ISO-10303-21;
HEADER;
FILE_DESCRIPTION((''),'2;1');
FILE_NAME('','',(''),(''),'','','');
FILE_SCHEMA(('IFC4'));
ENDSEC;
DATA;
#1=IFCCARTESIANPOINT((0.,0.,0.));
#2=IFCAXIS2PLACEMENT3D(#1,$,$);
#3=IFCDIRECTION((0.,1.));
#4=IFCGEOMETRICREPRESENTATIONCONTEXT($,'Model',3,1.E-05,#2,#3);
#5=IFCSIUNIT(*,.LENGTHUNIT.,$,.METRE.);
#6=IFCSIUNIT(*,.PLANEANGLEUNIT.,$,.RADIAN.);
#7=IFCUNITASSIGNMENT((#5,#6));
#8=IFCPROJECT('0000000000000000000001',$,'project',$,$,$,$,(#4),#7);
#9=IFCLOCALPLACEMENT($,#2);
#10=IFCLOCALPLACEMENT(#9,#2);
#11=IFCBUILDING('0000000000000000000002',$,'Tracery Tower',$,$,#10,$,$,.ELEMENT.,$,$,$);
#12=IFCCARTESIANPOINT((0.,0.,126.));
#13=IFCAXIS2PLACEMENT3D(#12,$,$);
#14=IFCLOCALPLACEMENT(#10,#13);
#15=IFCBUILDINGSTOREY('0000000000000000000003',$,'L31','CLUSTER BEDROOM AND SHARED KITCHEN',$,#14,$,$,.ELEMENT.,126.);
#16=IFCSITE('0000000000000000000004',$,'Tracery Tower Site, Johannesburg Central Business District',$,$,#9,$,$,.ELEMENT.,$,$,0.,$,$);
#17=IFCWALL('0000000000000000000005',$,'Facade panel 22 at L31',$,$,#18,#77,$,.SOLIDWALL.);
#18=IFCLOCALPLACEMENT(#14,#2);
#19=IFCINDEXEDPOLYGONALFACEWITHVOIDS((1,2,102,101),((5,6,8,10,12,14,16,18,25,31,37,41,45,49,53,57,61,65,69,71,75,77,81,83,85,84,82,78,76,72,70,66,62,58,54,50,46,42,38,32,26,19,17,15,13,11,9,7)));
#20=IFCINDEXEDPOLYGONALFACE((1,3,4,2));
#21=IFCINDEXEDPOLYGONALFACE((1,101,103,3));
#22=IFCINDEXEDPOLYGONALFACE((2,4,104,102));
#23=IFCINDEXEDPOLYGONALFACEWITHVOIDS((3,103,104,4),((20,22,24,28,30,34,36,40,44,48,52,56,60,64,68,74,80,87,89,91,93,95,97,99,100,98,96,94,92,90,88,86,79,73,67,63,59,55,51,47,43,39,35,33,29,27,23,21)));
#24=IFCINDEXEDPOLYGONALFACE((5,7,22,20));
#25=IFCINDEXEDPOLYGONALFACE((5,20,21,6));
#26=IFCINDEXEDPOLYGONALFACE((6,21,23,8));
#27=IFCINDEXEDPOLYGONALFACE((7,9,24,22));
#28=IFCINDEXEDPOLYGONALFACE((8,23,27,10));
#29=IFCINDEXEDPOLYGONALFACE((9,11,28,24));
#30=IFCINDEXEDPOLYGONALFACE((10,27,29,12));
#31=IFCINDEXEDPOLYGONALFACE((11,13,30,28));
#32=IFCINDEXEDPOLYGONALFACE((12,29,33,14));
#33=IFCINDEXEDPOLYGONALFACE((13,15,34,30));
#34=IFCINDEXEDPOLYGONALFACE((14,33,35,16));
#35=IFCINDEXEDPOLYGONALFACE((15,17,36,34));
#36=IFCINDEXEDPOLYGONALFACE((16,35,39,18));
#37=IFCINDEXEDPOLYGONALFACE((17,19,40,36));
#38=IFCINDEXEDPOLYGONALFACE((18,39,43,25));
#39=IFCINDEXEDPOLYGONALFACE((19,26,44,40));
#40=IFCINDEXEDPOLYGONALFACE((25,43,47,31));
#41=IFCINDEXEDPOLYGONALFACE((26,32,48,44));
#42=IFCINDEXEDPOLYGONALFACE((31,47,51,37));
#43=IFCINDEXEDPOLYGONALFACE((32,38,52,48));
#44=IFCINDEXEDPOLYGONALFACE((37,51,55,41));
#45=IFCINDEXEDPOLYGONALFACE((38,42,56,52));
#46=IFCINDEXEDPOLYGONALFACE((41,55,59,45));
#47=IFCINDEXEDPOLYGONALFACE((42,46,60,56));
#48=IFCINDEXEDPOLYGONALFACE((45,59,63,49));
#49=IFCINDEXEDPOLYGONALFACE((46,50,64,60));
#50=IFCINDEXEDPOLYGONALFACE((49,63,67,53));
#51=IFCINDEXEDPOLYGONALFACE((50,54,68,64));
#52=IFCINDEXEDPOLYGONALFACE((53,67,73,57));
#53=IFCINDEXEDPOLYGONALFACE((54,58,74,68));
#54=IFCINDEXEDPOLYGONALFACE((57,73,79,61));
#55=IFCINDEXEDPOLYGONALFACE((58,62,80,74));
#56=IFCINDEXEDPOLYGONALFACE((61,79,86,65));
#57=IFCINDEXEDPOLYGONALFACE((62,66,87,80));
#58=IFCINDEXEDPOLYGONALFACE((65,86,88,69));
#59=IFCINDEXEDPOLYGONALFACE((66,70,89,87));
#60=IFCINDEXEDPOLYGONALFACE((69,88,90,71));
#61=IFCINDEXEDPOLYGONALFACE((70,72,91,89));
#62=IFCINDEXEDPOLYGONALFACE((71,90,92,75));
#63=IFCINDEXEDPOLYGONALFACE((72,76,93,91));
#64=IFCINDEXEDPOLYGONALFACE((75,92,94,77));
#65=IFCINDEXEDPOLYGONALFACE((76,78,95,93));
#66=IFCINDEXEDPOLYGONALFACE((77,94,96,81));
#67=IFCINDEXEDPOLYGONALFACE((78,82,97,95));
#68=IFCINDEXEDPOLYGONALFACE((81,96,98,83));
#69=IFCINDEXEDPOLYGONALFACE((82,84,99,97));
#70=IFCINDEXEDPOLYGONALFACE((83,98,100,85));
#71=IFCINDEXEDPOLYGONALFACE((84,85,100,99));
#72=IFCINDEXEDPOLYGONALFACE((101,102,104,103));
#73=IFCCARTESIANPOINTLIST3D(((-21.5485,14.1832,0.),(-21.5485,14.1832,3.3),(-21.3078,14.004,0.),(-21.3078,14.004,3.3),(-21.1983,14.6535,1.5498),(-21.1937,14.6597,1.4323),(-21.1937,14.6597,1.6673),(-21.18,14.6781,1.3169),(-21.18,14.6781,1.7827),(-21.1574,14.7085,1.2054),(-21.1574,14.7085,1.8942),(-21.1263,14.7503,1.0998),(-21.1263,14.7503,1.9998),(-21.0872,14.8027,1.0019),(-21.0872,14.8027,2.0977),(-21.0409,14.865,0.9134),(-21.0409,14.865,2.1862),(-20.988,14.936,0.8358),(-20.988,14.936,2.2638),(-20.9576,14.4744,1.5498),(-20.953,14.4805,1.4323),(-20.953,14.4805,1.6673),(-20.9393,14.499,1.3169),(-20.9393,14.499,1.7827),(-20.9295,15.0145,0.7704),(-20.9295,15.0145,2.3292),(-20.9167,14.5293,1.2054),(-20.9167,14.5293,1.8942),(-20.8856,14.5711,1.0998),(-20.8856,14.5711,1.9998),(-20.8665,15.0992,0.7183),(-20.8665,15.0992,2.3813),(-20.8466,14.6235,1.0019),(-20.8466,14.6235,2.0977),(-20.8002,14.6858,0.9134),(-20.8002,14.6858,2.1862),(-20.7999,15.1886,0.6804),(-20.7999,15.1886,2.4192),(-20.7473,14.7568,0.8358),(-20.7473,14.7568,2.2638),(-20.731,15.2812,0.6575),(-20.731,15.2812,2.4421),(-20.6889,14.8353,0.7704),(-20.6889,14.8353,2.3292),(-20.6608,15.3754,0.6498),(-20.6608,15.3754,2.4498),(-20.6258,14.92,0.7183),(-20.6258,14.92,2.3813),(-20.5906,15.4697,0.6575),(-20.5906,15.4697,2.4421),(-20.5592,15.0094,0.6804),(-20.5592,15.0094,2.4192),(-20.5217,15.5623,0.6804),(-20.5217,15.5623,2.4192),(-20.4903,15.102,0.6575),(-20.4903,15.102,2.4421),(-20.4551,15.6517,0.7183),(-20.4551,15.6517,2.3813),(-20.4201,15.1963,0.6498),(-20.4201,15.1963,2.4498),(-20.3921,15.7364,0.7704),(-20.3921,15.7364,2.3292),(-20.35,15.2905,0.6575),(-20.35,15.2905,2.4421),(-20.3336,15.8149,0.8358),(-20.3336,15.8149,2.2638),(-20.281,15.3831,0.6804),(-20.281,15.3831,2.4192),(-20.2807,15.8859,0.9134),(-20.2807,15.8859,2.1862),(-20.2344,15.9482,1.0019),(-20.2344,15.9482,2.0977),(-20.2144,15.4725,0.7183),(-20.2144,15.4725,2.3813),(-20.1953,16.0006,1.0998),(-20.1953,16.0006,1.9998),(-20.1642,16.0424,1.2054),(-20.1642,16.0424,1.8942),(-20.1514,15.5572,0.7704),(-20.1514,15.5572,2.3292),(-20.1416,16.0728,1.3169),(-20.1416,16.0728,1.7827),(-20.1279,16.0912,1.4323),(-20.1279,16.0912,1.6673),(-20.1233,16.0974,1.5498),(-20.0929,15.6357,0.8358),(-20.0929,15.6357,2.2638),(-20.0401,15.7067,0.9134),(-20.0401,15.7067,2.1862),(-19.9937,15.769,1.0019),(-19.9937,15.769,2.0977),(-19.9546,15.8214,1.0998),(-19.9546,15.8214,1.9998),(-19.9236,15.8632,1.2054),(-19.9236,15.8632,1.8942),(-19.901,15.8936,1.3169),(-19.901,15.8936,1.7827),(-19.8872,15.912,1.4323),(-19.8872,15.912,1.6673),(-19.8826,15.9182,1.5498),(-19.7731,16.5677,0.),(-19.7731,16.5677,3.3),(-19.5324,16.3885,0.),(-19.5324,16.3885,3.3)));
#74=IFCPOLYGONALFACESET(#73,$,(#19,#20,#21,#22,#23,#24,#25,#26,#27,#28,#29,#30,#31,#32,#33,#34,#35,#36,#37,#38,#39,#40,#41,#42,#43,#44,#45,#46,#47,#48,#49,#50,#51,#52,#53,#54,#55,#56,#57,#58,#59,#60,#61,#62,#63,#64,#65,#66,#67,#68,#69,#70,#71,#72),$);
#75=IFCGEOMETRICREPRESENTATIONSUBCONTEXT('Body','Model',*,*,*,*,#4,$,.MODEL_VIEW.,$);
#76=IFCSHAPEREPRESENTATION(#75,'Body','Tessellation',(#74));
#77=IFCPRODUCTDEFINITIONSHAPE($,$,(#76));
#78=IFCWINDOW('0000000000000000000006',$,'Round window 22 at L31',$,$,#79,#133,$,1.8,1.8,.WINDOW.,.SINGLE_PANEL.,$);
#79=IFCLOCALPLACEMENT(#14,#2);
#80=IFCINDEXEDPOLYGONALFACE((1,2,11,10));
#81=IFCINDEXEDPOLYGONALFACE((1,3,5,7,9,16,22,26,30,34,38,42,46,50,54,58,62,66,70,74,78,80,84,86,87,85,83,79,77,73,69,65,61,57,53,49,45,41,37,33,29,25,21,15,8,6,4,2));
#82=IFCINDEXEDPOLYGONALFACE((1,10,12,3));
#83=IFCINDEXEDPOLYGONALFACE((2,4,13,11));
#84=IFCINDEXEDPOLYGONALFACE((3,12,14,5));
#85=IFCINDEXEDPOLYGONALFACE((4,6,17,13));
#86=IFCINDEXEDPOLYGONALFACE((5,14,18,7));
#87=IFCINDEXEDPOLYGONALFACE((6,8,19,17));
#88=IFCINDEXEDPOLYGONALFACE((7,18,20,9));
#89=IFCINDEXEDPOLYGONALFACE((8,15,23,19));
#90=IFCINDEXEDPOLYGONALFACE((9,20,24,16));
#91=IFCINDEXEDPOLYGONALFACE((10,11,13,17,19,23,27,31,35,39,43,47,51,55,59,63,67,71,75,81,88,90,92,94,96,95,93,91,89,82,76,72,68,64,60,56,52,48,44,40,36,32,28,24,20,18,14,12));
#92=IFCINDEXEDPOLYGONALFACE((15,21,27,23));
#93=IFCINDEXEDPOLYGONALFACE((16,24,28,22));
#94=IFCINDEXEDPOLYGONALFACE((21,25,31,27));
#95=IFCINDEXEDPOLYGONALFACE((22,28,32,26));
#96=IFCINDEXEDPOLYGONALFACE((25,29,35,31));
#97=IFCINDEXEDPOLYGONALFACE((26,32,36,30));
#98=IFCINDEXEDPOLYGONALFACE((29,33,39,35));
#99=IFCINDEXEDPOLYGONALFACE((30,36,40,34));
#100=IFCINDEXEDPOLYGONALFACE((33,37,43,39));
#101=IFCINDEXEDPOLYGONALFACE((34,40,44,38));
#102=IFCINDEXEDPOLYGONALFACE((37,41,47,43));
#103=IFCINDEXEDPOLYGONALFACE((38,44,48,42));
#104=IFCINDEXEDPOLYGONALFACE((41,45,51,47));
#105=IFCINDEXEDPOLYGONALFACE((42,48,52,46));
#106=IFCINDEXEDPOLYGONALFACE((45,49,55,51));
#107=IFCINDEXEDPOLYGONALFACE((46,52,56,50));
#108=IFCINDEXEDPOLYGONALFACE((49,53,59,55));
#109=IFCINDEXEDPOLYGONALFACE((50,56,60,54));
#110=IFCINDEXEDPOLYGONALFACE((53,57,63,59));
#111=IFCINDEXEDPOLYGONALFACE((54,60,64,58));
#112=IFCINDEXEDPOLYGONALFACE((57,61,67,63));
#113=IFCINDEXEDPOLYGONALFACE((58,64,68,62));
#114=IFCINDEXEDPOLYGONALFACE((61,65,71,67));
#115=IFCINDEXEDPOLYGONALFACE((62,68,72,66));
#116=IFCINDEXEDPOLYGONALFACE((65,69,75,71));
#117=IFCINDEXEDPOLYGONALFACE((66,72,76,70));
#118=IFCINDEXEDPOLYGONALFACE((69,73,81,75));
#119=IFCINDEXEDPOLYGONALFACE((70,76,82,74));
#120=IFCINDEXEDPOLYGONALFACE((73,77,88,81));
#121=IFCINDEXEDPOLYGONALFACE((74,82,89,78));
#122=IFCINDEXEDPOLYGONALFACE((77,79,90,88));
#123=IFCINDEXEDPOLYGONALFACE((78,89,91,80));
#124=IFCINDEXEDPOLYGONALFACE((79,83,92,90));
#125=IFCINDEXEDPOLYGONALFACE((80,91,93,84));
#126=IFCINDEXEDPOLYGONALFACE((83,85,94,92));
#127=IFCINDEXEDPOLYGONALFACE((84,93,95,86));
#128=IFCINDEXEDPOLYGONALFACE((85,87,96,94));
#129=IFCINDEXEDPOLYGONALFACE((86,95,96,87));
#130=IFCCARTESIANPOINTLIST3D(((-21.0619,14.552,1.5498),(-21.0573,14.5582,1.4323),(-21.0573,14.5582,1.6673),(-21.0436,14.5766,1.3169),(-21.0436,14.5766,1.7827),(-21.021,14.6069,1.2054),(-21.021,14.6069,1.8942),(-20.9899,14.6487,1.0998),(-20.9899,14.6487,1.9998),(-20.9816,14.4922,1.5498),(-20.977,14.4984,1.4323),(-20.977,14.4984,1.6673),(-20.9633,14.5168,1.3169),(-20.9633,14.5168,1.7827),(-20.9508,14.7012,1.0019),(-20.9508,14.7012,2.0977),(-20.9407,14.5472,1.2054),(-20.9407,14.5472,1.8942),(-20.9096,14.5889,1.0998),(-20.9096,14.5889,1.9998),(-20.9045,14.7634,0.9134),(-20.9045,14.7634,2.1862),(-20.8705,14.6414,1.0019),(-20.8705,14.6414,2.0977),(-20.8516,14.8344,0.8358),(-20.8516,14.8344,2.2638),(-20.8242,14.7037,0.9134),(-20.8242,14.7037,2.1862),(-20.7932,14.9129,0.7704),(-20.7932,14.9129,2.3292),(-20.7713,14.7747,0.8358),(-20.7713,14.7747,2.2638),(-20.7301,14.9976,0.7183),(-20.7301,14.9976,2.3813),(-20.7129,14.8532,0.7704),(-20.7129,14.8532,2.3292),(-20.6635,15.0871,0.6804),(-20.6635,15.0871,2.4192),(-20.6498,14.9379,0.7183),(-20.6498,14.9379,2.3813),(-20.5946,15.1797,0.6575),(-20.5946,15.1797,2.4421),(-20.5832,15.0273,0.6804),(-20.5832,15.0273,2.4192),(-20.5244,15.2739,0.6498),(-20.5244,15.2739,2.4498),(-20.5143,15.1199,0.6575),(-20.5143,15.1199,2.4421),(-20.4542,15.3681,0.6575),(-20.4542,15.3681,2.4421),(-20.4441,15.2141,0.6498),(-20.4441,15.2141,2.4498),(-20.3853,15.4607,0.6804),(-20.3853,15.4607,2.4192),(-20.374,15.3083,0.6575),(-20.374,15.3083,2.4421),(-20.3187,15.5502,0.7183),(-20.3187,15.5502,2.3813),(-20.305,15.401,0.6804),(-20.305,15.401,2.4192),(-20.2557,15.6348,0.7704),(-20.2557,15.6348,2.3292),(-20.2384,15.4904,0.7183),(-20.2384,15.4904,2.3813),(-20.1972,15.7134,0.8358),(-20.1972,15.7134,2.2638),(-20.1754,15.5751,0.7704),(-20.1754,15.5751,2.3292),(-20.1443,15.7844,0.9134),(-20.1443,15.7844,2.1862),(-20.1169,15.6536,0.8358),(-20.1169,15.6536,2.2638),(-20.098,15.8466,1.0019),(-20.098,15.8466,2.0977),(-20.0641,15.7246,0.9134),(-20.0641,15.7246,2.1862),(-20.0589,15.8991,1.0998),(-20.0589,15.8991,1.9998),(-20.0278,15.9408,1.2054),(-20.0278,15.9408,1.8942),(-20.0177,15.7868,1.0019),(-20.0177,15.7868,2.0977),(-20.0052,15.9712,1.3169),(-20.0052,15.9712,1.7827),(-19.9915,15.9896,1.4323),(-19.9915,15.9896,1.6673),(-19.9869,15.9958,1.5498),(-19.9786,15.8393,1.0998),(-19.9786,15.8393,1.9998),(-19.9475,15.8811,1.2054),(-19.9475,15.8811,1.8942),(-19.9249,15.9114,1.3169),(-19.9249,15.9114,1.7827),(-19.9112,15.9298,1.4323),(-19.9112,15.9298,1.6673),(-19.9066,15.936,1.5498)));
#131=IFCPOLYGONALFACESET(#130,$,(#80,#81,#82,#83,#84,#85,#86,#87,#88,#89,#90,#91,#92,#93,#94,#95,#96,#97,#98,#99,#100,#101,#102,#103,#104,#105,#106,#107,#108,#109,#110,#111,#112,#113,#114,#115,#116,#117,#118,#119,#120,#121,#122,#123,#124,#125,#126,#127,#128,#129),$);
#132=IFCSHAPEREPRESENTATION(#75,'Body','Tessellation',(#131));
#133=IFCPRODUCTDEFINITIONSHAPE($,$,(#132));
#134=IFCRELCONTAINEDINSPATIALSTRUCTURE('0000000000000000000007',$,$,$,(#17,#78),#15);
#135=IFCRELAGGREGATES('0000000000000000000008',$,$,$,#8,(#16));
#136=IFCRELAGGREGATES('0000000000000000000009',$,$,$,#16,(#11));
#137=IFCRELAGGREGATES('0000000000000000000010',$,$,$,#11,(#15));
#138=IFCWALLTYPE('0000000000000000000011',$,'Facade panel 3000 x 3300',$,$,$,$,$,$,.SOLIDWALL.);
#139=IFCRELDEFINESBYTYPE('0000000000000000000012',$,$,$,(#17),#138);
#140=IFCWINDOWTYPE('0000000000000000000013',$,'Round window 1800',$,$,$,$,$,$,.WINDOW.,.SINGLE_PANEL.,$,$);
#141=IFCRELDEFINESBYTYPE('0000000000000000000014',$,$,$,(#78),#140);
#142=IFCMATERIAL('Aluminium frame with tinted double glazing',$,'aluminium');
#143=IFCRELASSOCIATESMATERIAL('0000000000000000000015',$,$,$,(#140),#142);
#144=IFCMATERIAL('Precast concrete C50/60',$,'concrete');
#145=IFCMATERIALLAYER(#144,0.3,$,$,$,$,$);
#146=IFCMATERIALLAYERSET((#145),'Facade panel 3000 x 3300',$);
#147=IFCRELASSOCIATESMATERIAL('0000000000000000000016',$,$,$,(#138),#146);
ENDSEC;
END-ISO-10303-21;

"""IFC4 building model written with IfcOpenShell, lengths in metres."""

from ifc_helpers import new_model, si_unit, direction, frame, frame_2d, origin, origin_2d, place, context, subcontext, project, spatial, rectangle, circle, extrude, material, layer, layer_set, type_object, element, fill, save


model = new_model("IFC4")

# Units and contexts
model_context = context("Model", 3, precision=1e-05, world=origin(), true_north=direction((0.0, 1.0)))
body_context = subcontext(model_context, "Body", "Model", "MODEL_VIEW")
ifc_project = project(units=[si_unit("LENGTHUNIT", "METRE"), si_unit("PLANEANGLEUNIT", "RADIAN")], contexts=[model_context])

# Site, building, storey
site_placement = place(None, origin())
site = spatial("IfcSite", under=ifc_project, at=site_placement, Name="Tracery Tower Site, Johannesburg Central Business District", CompositionType="ELEMENT", RefElevation=0.0)
building_placement = place(site_placement, origin())
building = spatial("IfcBuilding", under=site, at=building_placement, Name="Tracery Tower", CompositionType="ELEMENT")
storey_placement = place(building_placement, frame((0.0, 0.0, 126.0)))
storey = spatial("IfcBuildingStorey", under=building, at=storey_placement, Name="L31", Description="CLUSTER BEDROOM AND SHARED KITCHEN", CompositionType="ELEMENT", Elevation=126.0)

# Wall, opening, window
ifc_material_1 = material(Name="Aluminium frame with tinted double glazing", Category="aluminium")
window_type = type_object("IfcWindowType", Name="Round window 1800", PartitioningType="SINGLE_PANEL", PredefinedType="WINDOW", material=ifc_material_1)
ifc_material_2 = material(Name="Precast concrete C50/60", Category="concrete")
ifc_layer_1 = layer(ifc_material_2, 0.3)
ifc_layer_set_1 = layer_set([ifc_layer_1], Name="Facade panel 3000 x 3300")
wall_type_1 = type_object("IfcWallType", Name="Facade panel 3000 x 3300", PredefinedType="SOLIDWALL", material=ifc_layer_set_1)
wall_1_placement = place(storey_placement, frame((-19.6528, 16.478, 0.0), z_axis=(0.0, 0.0, 1.0), x_axis=(-0.597198, -0.802094, 0.0)))
wall_1 = element("IfcWall", 1, at=wall_1_placement, inside=storey, type_object=wall_type_1, Name="Facade panel 22 at L31", PredefinedType="SOLIDWALL", context=body_context, shape_type="SweptSolid", body=[
    extrude(rectangle(XDim=2.9729, YDim=0.3, at=frame_2d((1.4863, 0.0))), origin(), (0.0, 0.0, 1.0), 3.3),
])
opening_1_placement = place(wall_1_placement, frame((1.4863, 0.0, 1.5498)))
opening_1 = element("IfcOpeningElement", 2, at=opening_1_placement, cuts=wall_1, PredefinedType="OPENING", context=body_context, shape_type="SweptSolid", body=[
    extrude(circle(Radius=0.9, at=origin_2d()), frame((0.0, 0.1599, 0.0), z_axis=(0.0, -1.0, 0.0), x_axis=(1.0, 0.0, 0.0)), (0.0, 0.0, 1.0), 0.3201),
])
window_1_placement = place(opening_1_placement, origin())
window_1 = element("IfcWindow", 3, at=window_1_placement, inside=storey, type_object=window_type, Name="Round window 22 at L31", OverallHeight=1.8, OverallWidth=1.8, PartitioningType="SINGLE_PANEL", PredefinedType="WINDOW", context=body_context, shape_type="SweptSolid", body=[
    extrude(circle(Radius=0.9, at=origin_2d()), frame((0.0, 0.1201, 0.0), z_axis=(0.0, -1.0, 0.0), x_axis=(1.0, 0.0, 0.0)), (0.0, 0.0, 1.0), 0.1001),
])
fill(opening_1, window_1)

save(model, "model.ifc")
